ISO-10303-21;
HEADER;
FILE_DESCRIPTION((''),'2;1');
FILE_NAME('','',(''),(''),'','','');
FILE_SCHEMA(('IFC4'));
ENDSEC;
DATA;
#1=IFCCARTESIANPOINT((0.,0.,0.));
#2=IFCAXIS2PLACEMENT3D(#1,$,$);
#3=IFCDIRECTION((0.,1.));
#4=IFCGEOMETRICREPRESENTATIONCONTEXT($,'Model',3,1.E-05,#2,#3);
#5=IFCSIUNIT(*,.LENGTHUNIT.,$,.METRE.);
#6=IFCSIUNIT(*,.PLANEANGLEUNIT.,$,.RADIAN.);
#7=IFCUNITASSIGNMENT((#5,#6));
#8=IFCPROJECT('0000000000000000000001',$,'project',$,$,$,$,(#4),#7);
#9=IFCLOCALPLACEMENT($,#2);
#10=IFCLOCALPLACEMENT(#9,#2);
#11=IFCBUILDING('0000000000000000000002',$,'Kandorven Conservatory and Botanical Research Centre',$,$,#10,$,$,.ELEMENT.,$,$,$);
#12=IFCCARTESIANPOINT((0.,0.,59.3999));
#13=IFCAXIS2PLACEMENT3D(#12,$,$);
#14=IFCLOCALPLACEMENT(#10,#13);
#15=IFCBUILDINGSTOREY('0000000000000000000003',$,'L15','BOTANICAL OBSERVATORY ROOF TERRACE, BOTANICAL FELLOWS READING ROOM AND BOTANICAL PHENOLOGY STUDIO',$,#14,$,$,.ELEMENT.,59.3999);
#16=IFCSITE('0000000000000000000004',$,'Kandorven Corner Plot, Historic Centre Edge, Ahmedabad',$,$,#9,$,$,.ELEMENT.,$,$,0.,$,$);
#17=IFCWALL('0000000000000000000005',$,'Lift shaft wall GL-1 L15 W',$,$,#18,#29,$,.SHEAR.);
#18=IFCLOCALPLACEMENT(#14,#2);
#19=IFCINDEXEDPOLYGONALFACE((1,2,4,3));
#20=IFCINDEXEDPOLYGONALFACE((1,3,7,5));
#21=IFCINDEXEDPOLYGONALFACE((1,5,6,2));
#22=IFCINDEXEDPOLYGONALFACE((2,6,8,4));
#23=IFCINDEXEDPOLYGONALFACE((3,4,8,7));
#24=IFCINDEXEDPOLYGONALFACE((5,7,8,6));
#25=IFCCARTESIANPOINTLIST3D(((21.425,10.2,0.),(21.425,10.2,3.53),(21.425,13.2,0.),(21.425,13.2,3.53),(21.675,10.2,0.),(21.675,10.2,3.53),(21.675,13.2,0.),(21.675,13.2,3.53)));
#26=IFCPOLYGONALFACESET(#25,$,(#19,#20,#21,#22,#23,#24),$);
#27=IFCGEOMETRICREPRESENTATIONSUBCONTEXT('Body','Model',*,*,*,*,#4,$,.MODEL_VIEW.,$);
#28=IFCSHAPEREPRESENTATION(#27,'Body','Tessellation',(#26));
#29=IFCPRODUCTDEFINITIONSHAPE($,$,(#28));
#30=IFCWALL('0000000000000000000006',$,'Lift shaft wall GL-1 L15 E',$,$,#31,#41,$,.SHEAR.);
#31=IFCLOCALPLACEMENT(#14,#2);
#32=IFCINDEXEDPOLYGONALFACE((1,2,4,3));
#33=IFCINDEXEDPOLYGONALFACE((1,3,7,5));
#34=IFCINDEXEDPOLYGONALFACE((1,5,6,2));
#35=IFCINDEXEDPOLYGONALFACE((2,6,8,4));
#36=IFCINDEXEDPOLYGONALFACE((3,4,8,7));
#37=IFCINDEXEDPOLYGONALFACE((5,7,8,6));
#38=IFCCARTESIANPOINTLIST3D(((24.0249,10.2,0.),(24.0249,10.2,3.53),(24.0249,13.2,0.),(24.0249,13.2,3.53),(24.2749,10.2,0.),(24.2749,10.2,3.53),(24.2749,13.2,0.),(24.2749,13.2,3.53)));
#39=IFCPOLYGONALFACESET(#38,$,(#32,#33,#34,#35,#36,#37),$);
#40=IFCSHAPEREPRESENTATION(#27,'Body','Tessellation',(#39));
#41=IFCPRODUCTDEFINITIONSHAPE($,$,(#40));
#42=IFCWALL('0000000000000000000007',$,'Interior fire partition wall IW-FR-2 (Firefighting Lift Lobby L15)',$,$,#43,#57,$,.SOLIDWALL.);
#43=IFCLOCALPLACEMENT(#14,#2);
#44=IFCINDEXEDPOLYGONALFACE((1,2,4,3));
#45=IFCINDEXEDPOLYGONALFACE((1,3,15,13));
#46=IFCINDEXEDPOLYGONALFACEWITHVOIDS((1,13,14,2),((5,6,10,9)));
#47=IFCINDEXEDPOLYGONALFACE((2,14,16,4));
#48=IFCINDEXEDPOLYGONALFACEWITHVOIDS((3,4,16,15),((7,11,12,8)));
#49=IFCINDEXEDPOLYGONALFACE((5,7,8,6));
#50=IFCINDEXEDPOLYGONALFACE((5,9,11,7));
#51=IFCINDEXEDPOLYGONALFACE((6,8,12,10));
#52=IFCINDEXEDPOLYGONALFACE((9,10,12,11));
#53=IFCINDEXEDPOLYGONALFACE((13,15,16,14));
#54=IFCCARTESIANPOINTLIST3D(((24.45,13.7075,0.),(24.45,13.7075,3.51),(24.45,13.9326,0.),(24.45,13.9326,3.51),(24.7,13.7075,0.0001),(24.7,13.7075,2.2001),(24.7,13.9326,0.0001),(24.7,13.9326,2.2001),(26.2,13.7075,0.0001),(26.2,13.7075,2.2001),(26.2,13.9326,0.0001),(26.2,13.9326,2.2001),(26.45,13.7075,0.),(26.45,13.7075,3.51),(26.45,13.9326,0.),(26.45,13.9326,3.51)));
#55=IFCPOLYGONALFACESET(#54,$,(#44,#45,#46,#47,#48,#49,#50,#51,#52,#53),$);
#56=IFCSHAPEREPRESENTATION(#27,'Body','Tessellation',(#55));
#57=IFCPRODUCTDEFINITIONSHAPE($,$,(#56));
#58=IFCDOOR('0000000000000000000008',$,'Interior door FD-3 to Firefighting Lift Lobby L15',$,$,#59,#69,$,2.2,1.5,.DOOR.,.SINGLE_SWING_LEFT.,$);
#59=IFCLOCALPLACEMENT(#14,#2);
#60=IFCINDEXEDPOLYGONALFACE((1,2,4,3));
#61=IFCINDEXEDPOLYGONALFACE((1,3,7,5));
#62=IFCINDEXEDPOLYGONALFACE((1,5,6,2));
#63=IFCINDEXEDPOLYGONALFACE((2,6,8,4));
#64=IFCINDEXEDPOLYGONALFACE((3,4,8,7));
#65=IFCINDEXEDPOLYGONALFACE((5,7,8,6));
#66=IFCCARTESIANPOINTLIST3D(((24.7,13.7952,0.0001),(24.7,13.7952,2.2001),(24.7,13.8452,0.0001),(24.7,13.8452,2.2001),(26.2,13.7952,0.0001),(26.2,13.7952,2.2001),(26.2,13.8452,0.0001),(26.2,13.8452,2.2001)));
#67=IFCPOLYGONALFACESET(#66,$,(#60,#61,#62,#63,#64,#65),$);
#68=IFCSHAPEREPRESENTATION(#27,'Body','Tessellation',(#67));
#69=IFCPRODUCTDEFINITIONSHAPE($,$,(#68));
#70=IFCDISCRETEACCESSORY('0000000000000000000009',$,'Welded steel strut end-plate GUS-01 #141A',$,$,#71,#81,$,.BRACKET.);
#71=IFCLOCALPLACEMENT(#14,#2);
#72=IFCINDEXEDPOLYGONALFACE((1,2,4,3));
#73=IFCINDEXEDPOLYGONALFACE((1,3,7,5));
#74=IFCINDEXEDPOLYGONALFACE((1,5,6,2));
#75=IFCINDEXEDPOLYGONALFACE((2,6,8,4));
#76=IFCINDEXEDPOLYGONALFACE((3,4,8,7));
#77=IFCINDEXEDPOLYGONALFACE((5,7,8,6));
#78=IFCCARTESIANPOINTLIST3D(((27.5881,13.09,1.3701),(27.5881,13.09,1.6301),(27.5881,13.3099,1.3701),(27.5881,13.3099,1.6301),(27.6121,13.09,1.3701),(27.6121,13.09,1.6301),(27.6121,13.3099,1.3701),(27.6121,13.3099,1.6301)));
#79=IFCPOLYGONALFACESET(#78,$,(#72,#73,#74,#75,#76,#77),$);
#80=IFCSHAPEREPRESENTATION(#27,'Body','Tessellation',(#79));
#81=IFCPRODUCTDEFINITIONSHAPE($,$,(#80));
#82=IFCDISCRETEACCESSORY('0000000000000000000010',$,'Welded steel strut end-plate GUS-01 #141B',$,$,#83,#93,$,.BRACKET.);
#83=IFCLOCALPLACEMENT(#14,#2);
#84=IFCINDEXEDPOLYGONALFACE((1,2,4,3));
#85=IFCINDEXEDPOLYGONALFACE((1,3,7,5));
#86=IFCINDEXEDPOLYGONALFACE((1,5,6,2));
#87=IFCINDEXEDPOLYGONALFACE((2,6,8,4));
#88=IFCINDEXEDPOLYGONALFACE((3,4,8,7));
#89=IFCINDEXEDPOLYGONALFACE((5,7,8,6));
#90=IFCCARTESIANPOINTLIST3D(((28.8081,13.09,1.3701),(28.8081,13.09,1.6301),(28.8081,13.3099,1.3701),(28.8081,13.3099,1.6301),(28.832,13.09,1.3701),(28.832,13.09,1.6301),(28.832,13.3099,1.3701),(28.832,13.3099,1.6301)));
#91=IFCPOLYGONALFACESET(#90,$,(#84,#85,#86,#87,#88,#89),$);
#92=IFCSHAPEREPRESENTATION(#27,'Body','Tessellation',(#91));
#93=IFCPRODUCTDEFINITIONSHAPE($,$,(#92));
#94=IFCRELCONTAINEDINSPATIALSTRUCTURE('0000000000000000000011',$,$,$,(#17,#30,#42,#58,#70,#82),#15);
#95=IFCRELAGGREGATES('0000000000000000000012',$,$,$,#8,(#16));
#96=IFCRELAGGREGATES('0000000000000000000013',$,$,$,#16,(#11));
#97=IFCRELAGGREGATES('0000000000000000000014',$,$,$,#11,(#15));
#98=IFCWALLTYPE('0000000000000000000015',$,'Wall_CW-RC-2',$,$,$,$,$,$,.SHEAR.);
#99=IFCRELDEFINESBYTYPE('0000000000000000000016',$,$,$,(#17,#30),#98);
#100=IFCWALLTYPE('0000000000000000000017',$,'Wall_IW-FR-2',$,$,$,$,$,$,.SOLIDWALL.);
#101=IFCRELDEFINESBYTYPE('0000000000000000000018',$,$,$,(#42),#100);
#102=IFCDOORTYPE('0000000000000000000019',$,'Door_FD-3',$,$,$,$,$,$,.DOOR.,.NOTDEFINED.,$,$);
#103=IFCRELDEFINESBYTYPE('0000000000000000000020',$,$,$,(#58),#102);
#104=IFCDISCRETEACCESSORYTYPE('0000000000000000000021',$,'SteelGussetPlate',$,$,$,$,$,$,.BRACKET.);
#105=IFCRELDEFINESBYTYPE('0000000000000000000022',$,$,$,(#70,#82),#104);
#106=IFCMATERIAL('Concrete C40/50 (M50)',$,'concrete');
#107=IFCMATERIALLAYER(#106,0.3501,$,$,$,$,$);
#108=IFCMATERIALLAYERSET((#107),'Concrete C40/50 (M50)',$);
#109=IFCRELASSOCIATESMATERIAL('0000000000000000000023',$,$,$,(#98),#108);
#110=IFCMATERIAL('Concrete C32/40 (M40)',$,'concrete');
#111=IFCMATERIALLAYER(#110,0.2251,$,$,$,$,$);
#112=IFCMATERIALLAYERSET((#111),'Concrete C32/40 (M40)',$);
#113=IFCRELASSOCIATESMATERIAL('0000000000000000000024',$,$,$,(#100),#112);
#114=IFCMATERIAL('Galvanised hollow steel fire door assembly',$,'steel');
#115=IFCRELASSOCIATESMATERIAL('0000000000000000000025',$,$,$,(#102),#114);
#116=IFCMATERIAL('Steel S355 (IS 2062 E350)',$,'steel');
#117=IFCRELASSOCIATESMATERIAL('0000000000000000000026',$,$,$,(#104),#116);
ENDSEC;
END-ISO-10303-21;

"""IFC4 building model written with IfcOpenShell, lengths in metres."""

from ifc_helpers import new_model, si_unit, direction, frame, frame_2d, origin, origin_2d, place, context, subcontext, project, spatial, rectangle, extrude, material, layer, layer_set, type_object, element, fill, save


model = new_model("IFC4")

# Units and contexts
model_context = context("Model", 3, precision=1e-05, world=origin(), true_north=direction((0.0, 1.0)))
body_context = subcontext(model_context, "Body", "Model", "MODEL_VIEW")
ifc_project = project(units=[si_unit("LENGTHUNIT", "METRE"), si_unit("PLANEANGLEUNIT", "RADIAN")], contexts=[model_context])

# Site, building, storey
site_placement = place(None, origin())
site = spatial("IfcSite", under=ifc_project, at=site_placement, Name="Kandorven Corner Plot, Historic Centre Edge, Ahmedabad", CompositionType="ELEMENT", RefElevation=0.0)
building_placement = place(site_placement, origin())
building = spatial("IfcBuilding", under=site, at=building_placement, Name="Kandorven Conservatory and Botanical Research Centre", CompositionType="ELEMENT")
storey_placement = place(building_placement, frame((0.0, 0.0, 59.3999)))
storey = spatial("IfcBuildingStorey", under=building, at=storey_placement, Name="L15", Description="BOTANICAL OBSERVATORY ROOF TERRACE, BOTANICAL FELLOWS READING ROOM AND BOTANICAL PHENOLOGY STUDIO", CompositionType="ELEMENT", Elevation=59.3999)

# Shared definitions
ifc_material_1 = material(Name="Concrete C40/50 (M50)", Category="concrete")
ifc_layer_1 = layer(ifc_material_1, 0.3501)
ifc_layer_set_1 = layer_set([ifc_layer_1], Name="Concrete C40/50 (M50)")
wall_type_1 = type_object("IfcWallType", Name="Wall_CW-RC-2", PredefinedType="SHEAR", material=ifc_layer_set_1)

# Walls
for number, where, z_axis, x_axis, name in (
    (1, (21.55, 10.2, 0.0), (0.0, 0.0, 1.0), (0.0, 1.0, 0.0), "Lift shaft wall GL-1 L15 W"),
    (2, (24.1499, 10.2, 0.0), (0.0, 0.0, 1.0), (0.0, 1.0, 0.0), "Lift shaft wall GL-1 L15 E"),
):
    element("IfcWall", number, at=place(storey_placement, frame(where, z_axis=z_axis, x_axis=x_axis)), inside=storey, type_object=wall_type_1, Name=name, PredefinedType="SHEAR", context=body_context, shape_type="SweptSolid", body=[
        extrude(rectangle(XDim=3.0, YDim=0.25, at=frame_2d((1.5, 0.0))), origin(), (0.0, 0.0, 1.0), 3.53),
    ])

# Wall, opening, door
ifc_material_2 = material(Name="Concrete C32/40 (M40)", Category="concrete")
ifc_layer_2 = layer(ifc_material_2, 0.2251)
ifc_layer_set_2 = layer_set([ifc_layer_2], Name="Concrete C32/40 (M40)")
wall_type_2 = type_object("IfcWallType", Name="Wall_IW-FR-2", PredefinedType="SOLIDWALL", material=ifc_layer_set_2)
wall_1_placement = place(storey_placement, frame((24.45, 13.8201, 0.0), z_axis=(0.0, 0.0, 1.0), x_axis=(1.0, 0.0, 0.0)))
wall_1 = element("IfcWall", 3, at=wall_1_placement, inside=storey, type_object=wall_type_2, Name="Interior fire partition wall IW-FR-2 (Firefighting Lift Lobby L15)", PredefinedType="SOLIDWALL", context=body_context, shape_type="SweptSolid", body=[
    extrude(rectangle(XDim=2.0, YDim=0.2251, at=frame_2d((1.0, 0.0))), origin(), (0.0, 0.0, 1.0), 3.51),
])
opening_1_placement = place(wall_1_placement, frame((0.25, 0.0, 0.0)))
opening_1 = element("IfcOpeningElement", 4, at=opening_1_placement, cuts=wall_1, PredefinedType="OPENING", context=body_context, shape_type="SweptSolid", body=[
    extrude(rectangle(XDim=1.5, YDim=2.2, at=frame_2d((0.75, 1.1001))), frame((0.0, 0.1226, 0.0), z_axis=(0.0, -1.0, 0.0), x_axis=(1.0, 0.0, 0.0)), (0.0, 0.0, 1.0), 0.2451),
])
ifc_material_3 = material(Name="Galvanised hollow steel fire door assembly", Category="steel")
door_type_1 = type_object("IfcDoorType", Name="Door_FD-3", OperationType="NOTDEFINED", PredefinedType="DOOR", material=ifc_material_3)
door_1_placement = place(opening_1_placement, frame((1.5, 0.0, 0.0), z_axis=(0.0, 0.0, 1.0), x_axis=(-1.0, 0.0, 0.0)))
door_1 = element("IfcDoor", 5, at=door_1_placement, inside=storey, type_object=door_type_1, Name="Interior door FD-3 to Firefighting Lift Lobby L15", OperationType="SINGLE_SWING_LEFT", OverallHeight=2.2, OverallWidth=1.5, PredefinedType="DOOR", context=body_context, shape_type="SweptSolid", body=[
    extrude(rectangle(XDim=1.5, YDim=2.2, at=frame_2d((0.75, 1.1001))), frame((0.0, 0.0249, 0.0), z_axis=(0.0, -1.0, 0.0), x_axis=(1.0, 0.0, 0.0)), (0.0, 0.0, 1.0), 0.05),
])
fill(opening_1, door_1)

# Discrete accessories
ifc_material_4 = material(Name="Steel S355 (IS 2062 E350)", Category="steel")
discrete_accessory_type = type_object("IfcDiscreteAccessoryType", Name="SteelGussetPlate", PredefinedType="BRACKET", material=ifc_material_4)
for number, where, z_axis, x_axis, name in (
    (6, (27.6001, 13.2, 1.3701), (0.0, 0.0, 1.0), (1.0, 0.0, 0.0), "Welded steel strut end-plate GUS-01 #141A"),
    (7, (28.8201, 13.2, 1.3701), (0.0, 0.0, 1.0), (1.0, 0.0, 0.0), "Welded steel strut end-plate GUS-01 #141B"),
):
    element("IfcDiscreteAccessory", number, at=place(storey_placement, frame(where, z_axis=z_axis, x_axis=x_axis)), inside=storey, type_object=discrete_accessory_type, Name=name, PredefinedType="BRACKET", context=body_context, shape_type="SweptSolid", body=[
        extrude(rectangle(XDim=0.0239, YDim=0.22, at=origin_2d()), origin(), (0.0, 0.0, 1.0), 0.26),
    ])

save(model, "model.ifc")
